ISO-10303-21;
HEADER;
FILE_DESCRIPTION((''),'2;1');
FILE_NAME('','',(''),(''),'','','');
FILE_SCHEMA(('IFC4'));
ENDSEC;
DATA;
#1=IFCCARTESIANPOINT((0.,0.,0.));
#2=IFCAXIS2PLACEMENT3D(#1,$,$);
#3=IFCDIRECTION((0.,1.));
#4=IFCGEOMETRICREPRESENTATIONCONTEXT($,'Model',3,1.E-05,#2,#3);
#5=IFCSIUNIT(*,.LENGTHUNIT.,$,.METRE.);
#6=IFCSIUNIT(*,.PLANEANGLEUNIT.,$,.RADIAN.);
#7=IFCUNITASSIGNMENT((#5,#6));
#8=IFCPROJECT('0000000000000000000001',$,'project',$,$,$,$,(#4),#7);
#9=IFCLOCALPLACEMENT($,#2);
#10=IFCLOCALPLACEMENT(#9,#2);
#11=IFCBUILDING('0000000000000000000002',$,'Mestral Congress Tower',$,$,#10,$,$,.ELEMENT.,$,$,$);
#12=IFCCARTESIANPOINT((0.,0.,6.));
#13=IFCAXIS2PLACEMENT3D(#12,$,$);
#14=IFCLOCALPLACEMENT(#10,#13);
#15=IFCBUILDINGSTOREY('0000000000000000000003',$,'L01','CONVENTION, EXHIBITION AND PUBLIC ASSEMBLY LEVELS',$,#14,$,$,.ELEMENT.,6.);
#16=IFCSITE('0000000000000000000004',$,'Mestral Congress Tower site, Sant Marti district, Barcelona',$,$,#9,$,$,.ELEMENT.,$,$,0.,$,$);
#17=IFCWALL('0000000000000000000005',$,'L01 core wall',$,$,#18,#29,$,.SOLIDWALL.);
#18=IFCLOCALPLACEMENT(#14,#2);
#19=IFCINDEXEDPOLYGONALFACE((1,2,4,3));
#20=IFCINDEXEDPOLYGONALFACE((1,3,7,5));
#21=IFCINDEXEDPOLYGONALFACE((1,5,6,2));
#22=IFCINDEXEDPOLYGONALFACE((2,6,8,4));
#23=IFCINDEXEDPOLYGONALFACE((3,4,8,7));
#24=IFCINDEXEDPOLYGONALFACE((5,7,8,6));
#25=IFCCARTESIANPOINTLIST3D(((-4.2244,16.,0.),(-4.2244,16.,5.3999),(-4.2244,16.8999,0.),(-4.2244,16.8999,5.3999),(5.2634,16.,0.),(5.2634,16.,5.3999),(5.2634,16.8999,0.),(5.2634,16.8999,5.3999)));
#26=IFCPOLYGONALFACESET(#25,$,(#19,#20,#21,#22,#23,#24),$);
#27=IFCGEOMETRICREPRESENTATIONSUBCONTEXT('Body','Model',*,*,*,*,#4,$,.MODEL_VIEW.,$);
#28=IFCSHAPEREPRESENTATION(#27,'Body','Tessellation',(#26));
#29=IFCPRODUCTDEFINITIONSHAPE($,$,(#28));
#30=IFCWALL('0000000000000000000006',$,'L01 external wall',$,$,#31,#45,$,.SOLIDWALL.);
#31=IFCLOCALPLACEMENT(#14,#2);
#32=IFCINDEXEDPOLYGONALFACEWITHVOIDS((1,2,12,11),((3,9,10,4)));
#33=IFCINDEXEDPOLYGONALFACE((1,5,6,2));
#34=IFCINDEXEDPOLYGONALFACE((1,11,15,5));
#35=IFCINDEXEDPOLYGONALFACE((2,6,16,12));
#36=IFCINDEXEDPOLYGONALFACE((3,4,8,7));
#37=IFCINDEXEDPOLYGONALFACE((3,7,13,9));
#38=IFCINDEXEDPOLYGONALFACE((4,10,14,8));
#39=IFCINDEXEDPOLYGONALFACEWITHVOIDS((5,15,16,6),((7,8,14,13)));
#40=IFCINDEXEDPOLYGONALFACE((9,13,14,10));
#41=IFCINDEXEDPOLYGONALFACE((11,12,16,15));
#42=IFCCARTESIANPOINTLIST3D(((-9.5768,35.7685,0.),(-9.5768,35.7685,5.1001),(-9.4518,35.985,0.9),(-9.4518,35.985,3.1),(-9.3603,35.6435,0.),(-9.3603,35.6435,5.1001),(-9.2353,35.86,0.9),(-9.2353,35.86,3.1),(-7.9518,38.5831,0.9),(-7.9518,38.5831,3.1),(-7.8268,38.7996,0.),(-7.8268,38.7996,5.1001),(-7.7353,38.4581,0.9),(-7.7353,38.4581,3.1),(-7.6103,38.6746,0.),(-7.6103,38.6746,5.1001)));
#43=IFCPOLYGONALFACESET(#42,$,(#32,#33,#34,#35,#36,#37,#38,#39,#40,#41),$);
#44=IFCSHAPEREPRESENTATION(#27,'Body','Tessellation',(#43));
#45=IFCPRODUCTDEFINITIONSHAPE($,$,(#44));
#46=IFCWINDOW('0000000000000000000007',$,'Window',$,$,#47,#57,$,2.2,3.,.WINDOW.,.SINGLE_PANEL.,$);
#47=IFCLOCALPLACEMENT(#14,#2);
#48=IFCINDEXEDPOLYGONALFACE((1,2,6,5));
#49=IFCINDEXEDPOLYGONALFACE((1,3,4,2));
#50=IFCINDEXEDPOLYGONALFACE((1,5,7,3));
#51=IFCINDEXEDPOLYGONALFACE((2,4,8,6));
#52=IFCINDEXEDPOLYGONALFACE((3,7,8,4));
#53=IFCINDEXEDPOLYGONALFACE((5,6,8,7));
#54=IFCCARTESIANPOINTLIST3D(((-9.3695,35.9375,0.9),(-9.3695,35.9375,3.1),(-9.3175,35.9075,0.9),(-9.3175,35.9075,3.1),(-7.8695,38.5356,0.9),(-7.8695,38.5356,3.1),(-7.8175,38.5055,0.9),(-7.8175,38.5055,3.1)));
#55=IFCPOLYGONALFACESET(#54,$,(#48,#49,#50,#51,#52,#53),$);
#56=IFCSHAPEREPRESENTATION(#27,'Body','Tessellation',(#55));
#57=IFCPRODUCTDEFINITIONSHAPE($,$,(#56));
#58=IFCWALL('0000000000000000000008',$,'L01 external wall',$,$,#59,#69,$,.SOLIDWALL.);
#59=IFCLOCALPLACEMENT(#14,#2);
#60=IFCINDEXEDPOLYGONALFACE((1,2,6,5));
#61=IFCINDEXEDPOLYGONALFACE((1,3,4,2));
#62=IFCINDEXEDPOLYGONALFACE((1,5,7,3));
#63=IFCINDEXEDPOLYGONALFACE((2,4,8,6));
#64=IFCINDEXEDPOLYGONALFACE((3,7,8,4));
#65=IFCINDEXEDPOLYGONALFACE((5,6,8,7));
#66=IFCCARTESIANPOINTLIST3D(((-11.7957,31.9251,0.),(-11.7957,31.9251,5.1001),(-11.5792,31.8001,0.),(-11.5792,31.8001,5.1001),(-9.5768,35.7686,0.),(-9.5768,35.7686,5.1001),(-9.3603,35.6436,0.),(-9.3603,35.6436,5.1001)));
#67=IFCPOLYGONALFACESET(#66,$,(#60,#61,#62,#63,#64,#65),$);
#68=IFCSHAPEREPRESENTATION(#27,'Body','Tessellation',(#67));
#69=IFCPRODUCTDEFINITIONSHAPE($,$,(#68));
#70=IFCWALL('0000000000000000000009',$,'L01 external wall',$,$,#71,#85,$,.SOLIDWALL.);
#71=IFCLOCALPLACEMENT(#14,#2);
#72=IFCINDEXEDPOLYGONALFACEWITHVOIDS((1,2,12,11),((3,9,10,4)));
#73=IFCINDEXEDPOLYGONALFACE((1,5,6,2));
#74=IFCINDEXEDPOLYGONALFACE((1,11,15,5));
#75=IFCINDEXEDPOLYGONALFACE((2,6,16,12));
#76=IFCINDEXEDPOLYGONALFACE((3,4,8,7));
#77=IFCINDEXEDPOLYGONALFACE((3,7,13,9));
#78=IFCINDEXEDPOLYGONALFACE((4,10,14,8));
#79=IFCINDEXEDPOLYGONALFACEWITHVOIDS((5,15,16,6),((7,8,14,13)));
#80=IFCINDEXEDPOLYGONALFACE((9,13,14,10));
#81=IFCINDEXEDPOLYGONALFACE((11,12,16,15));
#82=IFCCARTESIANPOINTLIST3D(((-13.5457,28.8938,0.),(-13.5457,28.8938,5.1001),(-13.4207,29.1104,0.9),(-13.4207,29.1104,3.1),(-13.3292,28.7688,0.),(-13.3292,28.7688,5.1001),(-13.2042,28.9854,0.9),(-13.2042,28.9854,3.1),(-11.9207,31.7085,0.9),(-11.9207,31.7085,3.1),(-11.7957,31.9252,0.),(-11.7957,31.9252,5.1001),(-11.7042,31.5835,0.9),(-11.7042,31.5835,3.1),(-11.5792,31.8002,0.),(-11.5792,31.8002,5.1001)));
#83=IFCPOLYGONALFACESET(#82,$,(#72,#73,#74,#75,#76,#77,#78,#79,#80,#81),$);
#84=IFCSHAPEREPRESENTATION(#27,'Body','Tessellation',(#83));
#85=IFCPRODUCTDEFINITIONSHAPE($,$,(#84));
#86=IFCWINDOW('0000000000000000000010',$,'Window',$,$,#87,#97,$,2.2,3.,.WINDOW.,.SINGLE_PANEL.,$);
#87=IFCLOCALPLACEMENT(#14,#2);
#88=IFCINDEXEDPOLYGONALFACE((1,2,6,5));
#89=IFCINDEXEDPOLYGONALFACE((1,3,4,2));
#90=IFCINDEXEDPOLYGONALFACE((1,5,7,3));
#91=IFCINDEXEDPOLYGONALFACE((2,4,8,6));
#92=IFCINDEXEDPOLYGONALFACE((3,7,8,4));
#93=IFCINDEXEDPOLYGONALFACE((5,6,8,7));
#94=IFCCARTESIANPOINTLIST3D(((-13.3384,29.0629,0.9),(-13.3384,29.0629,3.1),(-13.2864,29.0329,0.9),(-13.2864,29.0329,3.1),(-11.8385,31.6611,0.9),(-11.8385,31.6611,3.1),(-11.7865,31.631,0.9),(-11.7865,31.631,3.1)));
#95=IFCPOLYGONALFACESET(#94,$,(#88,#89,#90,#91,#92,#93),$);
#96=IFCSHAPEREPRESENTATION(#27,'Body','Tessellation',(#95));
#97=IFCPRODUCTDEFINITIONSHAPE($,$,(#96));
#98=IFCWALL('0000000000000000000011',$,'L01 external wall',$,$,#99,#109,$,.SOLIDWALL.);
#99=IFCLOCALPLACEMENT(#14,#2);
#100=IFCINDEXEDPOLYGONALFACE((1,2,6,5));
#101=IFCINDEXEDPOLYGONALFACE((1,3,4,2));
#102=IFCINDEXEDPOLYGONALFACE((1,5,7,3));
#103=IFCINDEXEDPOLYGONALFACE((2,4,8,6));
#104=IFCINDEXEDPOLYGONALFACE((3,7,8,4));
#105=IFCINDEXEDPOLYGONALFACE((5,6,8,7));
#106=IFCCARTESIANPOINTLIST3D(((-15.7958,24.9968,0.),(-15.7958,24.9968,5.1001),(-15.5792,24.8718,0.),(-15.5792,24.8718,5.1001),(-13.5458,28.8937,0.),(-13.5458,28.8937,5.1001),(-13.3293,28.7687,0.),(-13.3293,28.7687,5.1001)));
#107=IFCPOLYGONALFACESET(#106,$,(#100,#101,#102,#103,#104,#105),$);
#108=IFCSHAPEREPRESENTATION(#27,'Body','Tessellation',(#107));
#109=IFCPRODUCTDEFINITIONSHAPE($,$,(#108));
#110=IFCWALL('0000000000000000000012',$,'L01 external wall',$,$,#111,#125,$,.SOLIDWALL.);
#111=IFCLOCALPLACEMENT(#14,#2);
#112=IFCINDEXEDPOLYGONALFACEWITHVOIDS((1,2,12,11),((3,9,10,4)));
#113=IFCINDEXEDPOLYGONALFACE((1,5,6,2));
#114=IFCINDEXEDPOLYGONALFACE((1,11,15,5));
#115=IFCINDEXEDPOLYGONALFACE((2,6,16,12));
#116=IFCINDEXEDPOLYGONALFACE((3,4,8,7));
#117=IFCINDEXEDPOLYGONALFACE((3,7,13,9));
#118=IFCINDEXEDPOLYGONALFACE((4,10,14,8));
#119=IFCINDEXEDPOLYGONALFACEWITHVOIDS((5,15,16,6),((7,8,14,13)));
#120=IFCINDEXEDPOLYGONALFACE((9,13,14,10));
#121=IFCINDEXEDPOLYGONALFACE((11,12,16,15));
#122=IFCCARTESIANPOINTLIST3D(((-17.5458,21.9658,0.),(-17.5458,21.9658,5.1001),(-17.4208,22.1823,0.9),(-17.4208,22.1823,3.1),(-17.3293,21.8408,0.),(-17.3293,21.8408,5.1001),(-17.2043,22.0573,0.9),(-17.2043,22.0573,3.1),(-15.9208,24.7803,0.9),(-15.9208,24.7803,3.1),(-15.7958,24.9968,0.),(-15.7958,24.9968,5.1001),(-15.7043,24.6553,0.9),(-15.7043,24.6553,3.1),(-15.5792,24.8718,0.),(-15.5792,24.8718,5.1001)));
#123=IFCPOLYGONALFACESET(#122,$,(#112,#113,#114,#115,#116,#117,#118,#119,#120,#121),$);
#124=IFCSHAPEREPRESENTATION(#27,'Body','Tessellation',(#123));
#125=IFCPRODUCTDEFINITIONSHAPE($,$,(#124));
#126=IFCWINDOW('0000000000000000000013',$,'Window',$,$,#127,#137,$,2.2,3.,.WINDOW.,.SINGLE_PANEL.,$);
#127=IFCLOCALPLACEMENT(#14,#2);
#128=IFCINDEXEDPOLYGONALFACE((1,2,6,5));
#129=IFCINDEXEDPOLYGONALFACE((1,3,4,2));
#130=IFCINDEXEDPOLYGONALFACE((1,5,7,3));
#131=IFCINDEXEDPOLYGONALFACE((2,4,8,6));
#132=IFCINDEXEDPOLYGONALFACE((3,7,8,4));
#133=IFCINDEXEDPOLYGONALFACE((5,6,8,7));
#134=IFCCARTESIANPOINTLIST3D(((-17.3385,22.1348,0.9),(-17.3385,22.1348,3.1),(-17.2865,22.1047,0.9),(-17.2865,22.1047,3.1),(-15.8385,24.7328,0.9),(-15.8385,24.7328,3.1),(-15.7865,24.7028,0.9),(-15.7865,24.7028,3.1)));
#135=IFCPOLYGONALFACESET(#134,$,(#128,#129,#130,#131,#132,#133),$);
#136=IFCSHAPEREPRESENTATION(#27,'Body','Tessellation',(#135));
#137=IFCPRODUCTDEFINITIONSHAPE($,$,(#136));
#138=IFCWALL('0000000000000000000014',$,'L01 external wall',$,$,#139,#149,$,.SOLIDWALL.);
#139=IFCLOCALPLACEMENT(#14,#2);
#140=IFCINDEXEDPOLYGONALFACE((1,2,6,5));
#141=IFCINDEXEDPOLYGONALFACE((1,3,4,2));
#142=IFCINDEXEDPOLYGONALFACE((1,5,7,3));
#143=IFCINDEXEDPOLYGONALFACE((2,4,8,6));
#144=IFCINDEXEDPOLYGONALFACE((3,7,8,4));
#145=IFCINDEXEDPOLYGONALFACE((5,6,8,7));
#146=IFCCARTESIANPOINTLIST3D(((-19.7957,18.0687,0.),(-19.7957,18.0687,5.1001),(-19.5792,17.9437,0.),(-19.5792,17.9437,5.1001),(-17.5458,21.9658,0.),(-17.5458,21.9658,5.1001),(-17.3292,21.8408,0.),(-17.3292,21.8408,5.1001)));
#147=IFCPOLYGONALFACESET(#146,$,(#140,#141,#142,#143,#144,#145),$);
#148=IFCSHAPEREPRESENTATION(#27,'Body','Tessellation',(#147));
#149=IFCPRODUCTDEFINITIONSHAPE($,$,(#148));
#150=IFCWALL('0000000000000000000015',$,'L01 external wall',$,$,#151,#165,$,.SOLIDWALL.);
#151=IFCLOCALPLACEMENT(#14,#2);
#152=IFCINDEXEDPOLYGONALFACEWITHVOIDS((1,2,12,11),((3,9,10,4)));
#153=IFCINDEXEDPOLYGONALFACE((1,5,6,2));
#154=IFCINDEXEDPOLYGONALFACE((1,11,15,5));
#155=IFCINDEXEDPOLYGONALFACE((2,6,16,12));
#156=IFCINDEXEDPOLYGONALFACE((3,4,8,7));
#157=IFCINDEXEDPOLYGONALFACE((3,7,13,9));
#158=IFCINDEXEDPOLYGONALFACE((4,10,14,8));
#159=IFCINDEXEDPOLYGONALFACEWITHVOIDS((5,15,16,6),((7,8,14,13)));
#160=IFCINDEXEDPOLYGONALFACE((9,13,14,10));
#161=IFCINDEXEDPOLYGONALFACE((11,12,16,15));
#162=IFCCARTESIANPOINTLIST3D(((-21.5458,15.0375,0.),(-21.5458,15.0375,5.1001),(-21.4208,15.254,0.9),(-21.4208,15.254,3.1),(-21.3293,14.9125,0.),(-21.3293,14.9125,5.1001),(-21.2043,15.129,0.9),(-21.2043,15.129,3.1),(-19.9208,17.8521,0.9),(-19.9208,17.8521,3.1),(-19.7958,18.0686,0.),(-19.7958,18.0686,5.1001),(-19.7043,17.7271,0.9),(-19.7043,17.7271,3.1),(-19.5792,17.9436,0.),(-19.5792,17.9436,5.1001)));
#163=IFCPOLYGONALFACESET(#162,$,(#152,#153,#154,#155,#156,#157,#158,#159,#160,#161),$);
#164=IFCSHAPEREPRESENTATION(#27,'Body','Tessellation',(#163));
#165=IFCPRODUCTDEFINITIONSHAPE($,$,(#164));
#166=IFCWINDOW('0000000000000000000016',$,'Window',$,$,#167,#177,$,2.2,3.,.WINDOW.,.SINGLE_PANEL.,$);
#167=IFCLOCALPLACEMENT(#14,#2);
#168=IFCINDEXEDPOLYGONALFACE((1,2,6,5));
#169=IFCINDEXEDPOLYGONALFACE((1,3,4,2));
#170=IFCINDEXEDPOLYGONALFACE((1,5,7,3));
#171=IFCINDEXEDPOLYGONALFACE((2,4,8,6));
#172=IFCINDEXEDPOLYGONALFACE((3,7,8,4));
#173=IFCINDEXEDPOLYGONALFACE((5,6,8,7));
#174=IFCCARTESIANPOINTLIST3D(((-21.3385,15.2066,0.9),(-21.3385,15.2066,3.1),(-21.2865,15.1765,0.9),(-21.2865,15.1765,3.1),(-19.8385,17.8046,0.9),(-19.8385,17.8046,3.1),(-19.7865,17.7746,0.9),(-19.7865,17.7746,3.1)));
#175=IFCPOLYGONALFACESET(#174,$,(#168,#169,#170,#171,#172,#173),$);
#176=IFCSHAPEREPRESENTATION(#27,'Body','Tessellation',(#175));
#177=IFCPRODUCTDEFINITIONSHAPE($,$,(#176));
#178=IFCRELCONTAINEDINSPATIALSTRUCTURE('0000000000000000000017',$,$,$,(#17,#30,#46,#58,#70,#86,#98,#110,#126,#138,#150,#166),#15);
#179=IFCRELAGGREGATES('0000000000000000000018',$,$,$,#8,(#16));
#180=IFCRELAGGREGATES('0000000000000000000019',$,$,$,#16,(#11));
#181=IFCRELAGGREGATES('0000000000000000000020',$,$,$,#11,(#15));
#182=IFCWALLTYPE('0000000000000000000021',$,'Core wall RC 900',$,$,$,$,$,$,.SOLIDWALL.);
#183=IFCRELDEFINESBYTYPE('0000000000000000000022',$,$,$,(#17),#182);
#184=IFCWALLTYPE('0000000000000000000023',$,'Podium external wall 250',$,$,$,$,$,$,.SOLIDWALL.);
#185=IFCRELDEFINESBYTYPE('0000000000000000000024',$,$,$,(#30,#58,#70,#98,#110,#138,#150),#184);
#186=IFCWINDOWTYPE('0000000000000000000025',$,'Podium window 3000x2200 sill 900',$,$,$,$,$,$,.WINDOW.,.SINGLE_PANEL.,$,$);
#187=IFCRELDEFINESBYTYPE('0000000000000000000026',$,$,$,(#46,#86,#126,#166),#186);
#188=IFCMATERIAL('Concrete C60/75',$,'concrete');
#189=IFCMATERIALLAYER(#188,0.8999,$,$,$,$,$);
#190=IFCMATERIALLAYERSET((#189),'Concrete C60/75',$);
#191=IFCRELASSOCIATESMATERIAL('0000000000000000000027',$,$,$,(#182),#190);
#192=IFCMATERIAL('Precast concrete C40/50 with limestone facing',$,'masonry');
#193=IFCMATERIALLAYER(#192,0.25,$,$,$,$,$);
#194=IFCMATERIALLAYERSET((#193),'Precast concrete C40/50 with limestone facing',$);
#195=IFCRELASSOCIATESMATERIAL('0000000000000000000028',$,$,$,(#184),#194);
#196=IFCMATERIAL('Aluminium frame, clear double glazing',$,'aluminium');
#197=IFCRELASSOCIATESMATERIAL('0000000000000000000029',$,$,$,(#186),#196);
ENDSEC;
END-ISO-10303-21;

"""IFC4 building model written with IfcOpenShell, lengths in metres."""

from ifc_helpers import new_model, si_unit, direction, frame, frame_2d, origin, place, context, subcontext, project, spatial, rectangle, extrude, material, layer, layer_set, type_object, element, fill, save


model = new_model("IFC4")

# Units and contexts
model_context = context("Model", 3, precision=1e-05, world=origin(), true_north=direction((0.0, 1.0)))
body_context = subcontext(model_context, "Body", "Model", "MODEL_VIEW")
ifc_project = project(units=[si_unit("LENGTHUNIT", "METRE"), si_unit("PLANEANGLEUNIT", "RADIAN")], contexts=[model_context])

# Site, building, storey
site_placement = place(None, origin())
site = spatial("IfcSite", under=ifc_project, at=site_placement, Name="Mestral Congress Tower site, Sant Marti district, Barcelona", CompositionType="ELEMENT", RefElevation=0.0)
building_placement = place(site_placement, origin())
building = spatial("IfcBuilding", under=site, at=building_placement, Name="Mestral Congress Tower", CompositionType="ELEMENT")
storey_placement = place(building_placement, frame((0.0, 0.0, 6.0)))
storey = spatial("IfcBuildingStorey", under=building, at=storey_placement, Name="L01", Description="CONVENTION, EXHIBITION AND PUBLIC ASSEMBLY LEVELS", CompositionType="ELEMENT", Elevation=6.0)

# Wall
ifc_material_1 = material(Name="Concrete C60/75", Category="concrete")
ifc_layer_1 = layer(ifc_material_1, 0.8999)
ifc_layer_set_1 = layer_set([ifc_layer_1], Name="Concrete C60/75")
wall_type_1 = type_object("IfcWallType", Name="Core wall RC 900", PredefinedType="SOLIDWALL", material=ifc_layer_set_1)
wall_1_placement = place(storey_placement, frame((-4.2244, 16.45, 0.0), z_axis=(0.0, 0.0, 1.0), x_axis=(1.0, 0.0, 0.0)))
element("IfcWall", 1, at=wall_1_placement, inside=storey, type_object=wall_type_1, Name="L01 core wall", PredefinedType="SOLIDWALL", context=body_context, shape_type="SweptSolid", body=[
    extrude(rectangle(XDim=9.4878, YDim=0.8999, at=frame_2d((4.7439, 0.0))), origin(), (0.0, 0.0, 1.0), 5.3999),
])

# Wall, opening, window
ifc_material_2 = material(Name="Precast concrete C40/50 with limestone facing", Category="masonry")
ifc_layer_2 = layer(ifc_material_2, 0.25)
ifc_layer_set_2 = layer_set([ifc_layer_2], Name="Precast concrete C40/50 with limestone facing")
wall_type_2 = type_object("IfcWallType", Name="Podium external wall 250", PredefinedType="SOLIDWALL", material=ifc_layer_set_2)
wall_2_placement = place(storey_placement, frame((-7.7185, 38.7371, 0.0), z_axis=(0.0, 0.0, 1.0), x_axis=(-0.50001, -0.866019, 0.0)))
wall_2 = element("IfcWall", 2, at=wall_2_placement, inside=storey, type_object=wall_type_2, Name="L01 external wall", PredefinedType="SOLIDWALL", context=body_context, shape_type="SweptSolid", body=[
    extrude(rectangle(XDim=3.5, YDim=0.25, at=frame_2d((1.75, 0.0))), origin(), (0.0, 0.0, 1.0), 5.1001),
])
opening_1_placement = place(wall_2_placement, frame((0.25, 0.0, 0.8999)))
opening_1 = element("IfcOpeningElement", 3, at=opening_1_placement, cuts=wall_2, PredefinedType="OPENING", context=body_context, shape_type="SweptSolid", body=[
    extrude(rectangle(XDim=3.0, YDim=2.2, at=frame_2d((1.5, 1.1001))), frame((0.0, 0.135, 0.0), z_axis=(0.0, -1.0, 0.0), x_axis=(1.0, 0.0, 0.0)), (0.0, 0.0, 1.0), 0.27),
])
ifc_material_3 = material(Name="Aluminium frame, clear double glazing", Category="aluminium")
window_type = type_object("IfcWindowType", Name="Podium window 3000x2200 sill 900", PartitioningType="SINGLE_PANEL", PredefinedType="WINDOW", material=ifc_material_3)
window_1_placement = place(opening_1_placement, origin())
window_1 = element("IfcWindow", 4, at=window_1_placement, inside=storey, type_object=window_type, Name="Window", OverallHeight=2.2, OverallWidth=3.0, PartitioningType="SINGLE_PANEL", PredefinedType="WINDOW", context=body_context, shape_type="SweptSolid", body=[
    extrude(rectangle(XDim=3.0, YDim=2.2, at=frame_2d((1.5, 1.1001))), frame((0.0, 0.03, 0.0), z_axis=(0.0, -1.0, 0.0), x_axis=(1.0, 0.0, 0.0)), (0.0, 0.0, 1.0), 0.0601),
])
fill(opening_1, window_1)

# Wall
wall_3_placement = place(storey_placement, frame((-9.4685, 35.7061, 0.0), z_axis=(0.0, 0.0, 1.0), x_axis=(-0.499991, -0.866031, 0.0)))
element("IfcWall", 5, at=wall_3_placement, inside=storey, type_object=wall_type_2, Name="L01 external wall", PredefinedType="SOLIDWALL", context=body_context, shape_type="SweptSolid", body=[
    extrude(rectangle(XDim=4.438, YDim=0.25, at=frame_2d((2.219, 0.0))), origin(), (0.0, 0.0, 1.0), 5.1001),
])

# Wall, opening, window
wall_4_placement = place(storey_placement, frame((-11.6875, 31.8625, 0.0), z_axis=(0.0, 0.0, 1.0), x_axis=(-0.49998, -0.866037, 0.0)))
wall_4 = element("IfcWall", 6, at=wall_4_placement, inside=storey, type_object=wall_type_2, Name="L01 external wall", PredefinedType="SOLIDWALL", context=body_context, shape_type="SweptSolid", body=[
    extrude(rectangle(XDim=3.5002, YDim=0.25, at=frame_2d((1.75, 0.0))), origin(), (0.0, 0.0, 1.0), 5.1001),
])
opening_2_placement = place(wall_4_placement, frame((0.25, 0.0, 0.8999)))
opening_2 = element("IfcOpeningElement", 7, at=opening_2_placement, cuts=wall_4, PredefinedType="OPENING", context=body_context, shape_type="SweptSolid", body=[
    extrude(rectangle(XDim=3.0, YDim=2.2, at=frame_2d((1.5, 1.1001))), frame((0.0, 0.135, 0.0), z_axis=(0.0, -1.0, 0.0), x_axis=(1.0, 0.0, 0.0)), (0.0, 0.0, 1.0), 0.27),
])
window_2_placement = place(opening_2_placement, origin())
window_2 = element("IfcWindow", 8, at=window_2_placement, inside=storey, type_object=window_type, Name="Window", OverallHeight=2.2, OverallWidth=3.0, PartitioningType="SINGLE_PANEL", PredefinedType="WINDOW", context=body_context, shape_type="SweptSolid", body=[
    extrude(rectangle(XDim=3.0, YDim=2.2, at=frame_2d((1.5, 1.1001))), frame((0.0, 0.03, 0.0), z_axis=(0.0, -1.0, 0.0), x_axis=(1.0, 0.0, 0.0)), (0.0, 0.0, 1.0), 0.0601),
])
fill(opening_2, window_2)

# Wall
wall_5_placement = place(storey_placement, frame((-13.4375, 28.8313, 0.0), z_axis=(0.0, 0.0, 1.0), x_axis=(-0.500014, -0.866018, 0.0)))
element("IfcWall", 9, at=wall_5_placement, inside=storey, type_object=wall_type_2, Name="L01 external wall", PredefinedType="SOLIDWALL", context=body_context, shape_type="SweptSolid", body=[
    extrude(rectangle(XDim=4.4998, YDim=0.25, at=frame_2d((2.25, 0.0))), origin(), (0.0, 0.0, 1.0), 5.1001),
])

# Wall, opening, window
wall_6_placement = place(storey_placement, frame((-15.6875, 24.9343, 0.0), z_axis=(0.0, 0.0, 1.0), x_axis=(-0.50001, -0.866019, 0.0)))
wall_6 = element("IfcWall", 10, at=wall_6_placement, inside=storey, type_object=wall_type_2, Name="L01 external wall", PredefinedType="SOLIDWALL", context=body_context, shape_type="SweptSolid", body=[
    extrude(rectangle(XDim=3.5, YDim=0.25, at=frame_2d((1.75, 0.0))), origin(), (0.0, 0.0, 1.0), 5.1001),
])
opening_3_placement = place(wall_6_placement, frame((0.25, 0.0, 0.8999)))
opening_3 = element("IfcOpeningElement", 11, at=opening_3_placement, cuts=wall_6, PredefinedType="OPENING", context=body_context, shape_type="SweptSolid", body=[
    extrude(rectangle(XDim=3.0, YDim=2.2, at=frame_2d((1.5, 1.1001))), frame((0.0, 0.135, 0.0), z_axis=(0.0, -1.0, 0.0), x_axis=(1.0, 0.0, 0.0)), (0.0, 0.0, 1.0), 0.27),
])
window_3_placement = place(opening_3_placement, origin())
window_3 = element("IfcWindow", 12, at=window_3_placement, inside=storey, type_object=window_type, Name="Window", OverallHeight=2.2, OverallWidth=3.0, PartitioningType="SINGLE_PANEL", PredefinedType="WINDOW", context=body_context, shape_type="SweptSolid", body=[
    extrude(rectangle(XDim=3.0, YDim=2.2, at=frame_2d((1.5, 1.1001))), frame((0.0, 0.03, 0.0), z_axis=(0.0, -1.0, 0.0), x_axis=(1.0, 0.0, 0.0)), (0.0, 0.0, 1.0), 0.0601),
])
fill(opening_3, window_3)

# Wall
wall_7_placement = place(storey_placement, frame((-17.4375, 21.9033, 0.0), z_axis=(0.0, 0.0, 1.0), x_axis=(-0.49999, -0.866031, 0.0)))
element("IfcWall", 13, at=wall_7_placement, inside=storey, type_object=wall_type_2, Name="L01 external wall", PredefinedType="SOLIDWALL", context=body_context, shape_type="SweptSolid", body=[
    extrude(rectangle(XDim=4.5, YDim=0.25, at=frame_2d((2.25, 0.0))), origin(), (0.0, 0.0, 1.0), 5.1001),
])

# Wall, opening, window
wall_8_placement = place(storey_placement, frame((-19.6875, 18.0061, 0.0), z_axis=(0.0, 0.0, 1.0), x_axis=(-0.50001, -0.866019, 0.0)))
wall_8 = element("IfcWall", 14, at=wall_8_placement, inside=storey, type_object=wall_type_2, Name="L01 external wall", PredefinedType="SOLIDWALL", context=body_context, shape_type="SweptSolid", body=[
    extrude(rectangle(XDim=3.5, YDim=0.25, at=frame_2d((1.75, 0.0))), origin(), (0.0, 0.0, 1.0), 5.1001),
])
opening_4_placement = place(wall_8_placement, frame((0.25, 0.0, 0.8999)))
opening_4 = element("IfcOpeningElement", 15, at=opening_4_placement, cuts=wall_8, PredefinedType="OPENING", context=body_context, shape_type="SweptSolid", body=[
    extrude(rectangle(XDim=3.0, YDim=2.2, at=frame_2d((1.5, 1.1001))), frame((0.0, 0.135, 0.0), z_axis=(0.0, -1.0, 0.0), x_axis=(1.0, 0.0, 0.0)), (0.0, 0.0, 1.0), 0.27),
])
window_4_placement = place(opening_4_placement, origin())
window_4 = element("IfcWindow", 16, at=window_4_placement, inside=storey, type_object=window_type, Name="Window", OverallHeight=2.2, OverallWidth=3.0, PartitioningType="SINGLE_PANEL", PredefinedType="WINDOW", context=body_context, shape_type="SweptSolid", body=[
    extrude(rectangle(XDim=3.0, YDim=2.2, at=frame_2d((1.5, 1.1001))), frame((0.0, 0.03, 0.0), z_axis=(0.0, -1.0, 0.0), x_axis=(1.0, 0.0, 0.0)), (0.0, 0.0, 1.0), 0.0601),
])
fill(opening_4, window_4)

save(model, "model.ifc")
